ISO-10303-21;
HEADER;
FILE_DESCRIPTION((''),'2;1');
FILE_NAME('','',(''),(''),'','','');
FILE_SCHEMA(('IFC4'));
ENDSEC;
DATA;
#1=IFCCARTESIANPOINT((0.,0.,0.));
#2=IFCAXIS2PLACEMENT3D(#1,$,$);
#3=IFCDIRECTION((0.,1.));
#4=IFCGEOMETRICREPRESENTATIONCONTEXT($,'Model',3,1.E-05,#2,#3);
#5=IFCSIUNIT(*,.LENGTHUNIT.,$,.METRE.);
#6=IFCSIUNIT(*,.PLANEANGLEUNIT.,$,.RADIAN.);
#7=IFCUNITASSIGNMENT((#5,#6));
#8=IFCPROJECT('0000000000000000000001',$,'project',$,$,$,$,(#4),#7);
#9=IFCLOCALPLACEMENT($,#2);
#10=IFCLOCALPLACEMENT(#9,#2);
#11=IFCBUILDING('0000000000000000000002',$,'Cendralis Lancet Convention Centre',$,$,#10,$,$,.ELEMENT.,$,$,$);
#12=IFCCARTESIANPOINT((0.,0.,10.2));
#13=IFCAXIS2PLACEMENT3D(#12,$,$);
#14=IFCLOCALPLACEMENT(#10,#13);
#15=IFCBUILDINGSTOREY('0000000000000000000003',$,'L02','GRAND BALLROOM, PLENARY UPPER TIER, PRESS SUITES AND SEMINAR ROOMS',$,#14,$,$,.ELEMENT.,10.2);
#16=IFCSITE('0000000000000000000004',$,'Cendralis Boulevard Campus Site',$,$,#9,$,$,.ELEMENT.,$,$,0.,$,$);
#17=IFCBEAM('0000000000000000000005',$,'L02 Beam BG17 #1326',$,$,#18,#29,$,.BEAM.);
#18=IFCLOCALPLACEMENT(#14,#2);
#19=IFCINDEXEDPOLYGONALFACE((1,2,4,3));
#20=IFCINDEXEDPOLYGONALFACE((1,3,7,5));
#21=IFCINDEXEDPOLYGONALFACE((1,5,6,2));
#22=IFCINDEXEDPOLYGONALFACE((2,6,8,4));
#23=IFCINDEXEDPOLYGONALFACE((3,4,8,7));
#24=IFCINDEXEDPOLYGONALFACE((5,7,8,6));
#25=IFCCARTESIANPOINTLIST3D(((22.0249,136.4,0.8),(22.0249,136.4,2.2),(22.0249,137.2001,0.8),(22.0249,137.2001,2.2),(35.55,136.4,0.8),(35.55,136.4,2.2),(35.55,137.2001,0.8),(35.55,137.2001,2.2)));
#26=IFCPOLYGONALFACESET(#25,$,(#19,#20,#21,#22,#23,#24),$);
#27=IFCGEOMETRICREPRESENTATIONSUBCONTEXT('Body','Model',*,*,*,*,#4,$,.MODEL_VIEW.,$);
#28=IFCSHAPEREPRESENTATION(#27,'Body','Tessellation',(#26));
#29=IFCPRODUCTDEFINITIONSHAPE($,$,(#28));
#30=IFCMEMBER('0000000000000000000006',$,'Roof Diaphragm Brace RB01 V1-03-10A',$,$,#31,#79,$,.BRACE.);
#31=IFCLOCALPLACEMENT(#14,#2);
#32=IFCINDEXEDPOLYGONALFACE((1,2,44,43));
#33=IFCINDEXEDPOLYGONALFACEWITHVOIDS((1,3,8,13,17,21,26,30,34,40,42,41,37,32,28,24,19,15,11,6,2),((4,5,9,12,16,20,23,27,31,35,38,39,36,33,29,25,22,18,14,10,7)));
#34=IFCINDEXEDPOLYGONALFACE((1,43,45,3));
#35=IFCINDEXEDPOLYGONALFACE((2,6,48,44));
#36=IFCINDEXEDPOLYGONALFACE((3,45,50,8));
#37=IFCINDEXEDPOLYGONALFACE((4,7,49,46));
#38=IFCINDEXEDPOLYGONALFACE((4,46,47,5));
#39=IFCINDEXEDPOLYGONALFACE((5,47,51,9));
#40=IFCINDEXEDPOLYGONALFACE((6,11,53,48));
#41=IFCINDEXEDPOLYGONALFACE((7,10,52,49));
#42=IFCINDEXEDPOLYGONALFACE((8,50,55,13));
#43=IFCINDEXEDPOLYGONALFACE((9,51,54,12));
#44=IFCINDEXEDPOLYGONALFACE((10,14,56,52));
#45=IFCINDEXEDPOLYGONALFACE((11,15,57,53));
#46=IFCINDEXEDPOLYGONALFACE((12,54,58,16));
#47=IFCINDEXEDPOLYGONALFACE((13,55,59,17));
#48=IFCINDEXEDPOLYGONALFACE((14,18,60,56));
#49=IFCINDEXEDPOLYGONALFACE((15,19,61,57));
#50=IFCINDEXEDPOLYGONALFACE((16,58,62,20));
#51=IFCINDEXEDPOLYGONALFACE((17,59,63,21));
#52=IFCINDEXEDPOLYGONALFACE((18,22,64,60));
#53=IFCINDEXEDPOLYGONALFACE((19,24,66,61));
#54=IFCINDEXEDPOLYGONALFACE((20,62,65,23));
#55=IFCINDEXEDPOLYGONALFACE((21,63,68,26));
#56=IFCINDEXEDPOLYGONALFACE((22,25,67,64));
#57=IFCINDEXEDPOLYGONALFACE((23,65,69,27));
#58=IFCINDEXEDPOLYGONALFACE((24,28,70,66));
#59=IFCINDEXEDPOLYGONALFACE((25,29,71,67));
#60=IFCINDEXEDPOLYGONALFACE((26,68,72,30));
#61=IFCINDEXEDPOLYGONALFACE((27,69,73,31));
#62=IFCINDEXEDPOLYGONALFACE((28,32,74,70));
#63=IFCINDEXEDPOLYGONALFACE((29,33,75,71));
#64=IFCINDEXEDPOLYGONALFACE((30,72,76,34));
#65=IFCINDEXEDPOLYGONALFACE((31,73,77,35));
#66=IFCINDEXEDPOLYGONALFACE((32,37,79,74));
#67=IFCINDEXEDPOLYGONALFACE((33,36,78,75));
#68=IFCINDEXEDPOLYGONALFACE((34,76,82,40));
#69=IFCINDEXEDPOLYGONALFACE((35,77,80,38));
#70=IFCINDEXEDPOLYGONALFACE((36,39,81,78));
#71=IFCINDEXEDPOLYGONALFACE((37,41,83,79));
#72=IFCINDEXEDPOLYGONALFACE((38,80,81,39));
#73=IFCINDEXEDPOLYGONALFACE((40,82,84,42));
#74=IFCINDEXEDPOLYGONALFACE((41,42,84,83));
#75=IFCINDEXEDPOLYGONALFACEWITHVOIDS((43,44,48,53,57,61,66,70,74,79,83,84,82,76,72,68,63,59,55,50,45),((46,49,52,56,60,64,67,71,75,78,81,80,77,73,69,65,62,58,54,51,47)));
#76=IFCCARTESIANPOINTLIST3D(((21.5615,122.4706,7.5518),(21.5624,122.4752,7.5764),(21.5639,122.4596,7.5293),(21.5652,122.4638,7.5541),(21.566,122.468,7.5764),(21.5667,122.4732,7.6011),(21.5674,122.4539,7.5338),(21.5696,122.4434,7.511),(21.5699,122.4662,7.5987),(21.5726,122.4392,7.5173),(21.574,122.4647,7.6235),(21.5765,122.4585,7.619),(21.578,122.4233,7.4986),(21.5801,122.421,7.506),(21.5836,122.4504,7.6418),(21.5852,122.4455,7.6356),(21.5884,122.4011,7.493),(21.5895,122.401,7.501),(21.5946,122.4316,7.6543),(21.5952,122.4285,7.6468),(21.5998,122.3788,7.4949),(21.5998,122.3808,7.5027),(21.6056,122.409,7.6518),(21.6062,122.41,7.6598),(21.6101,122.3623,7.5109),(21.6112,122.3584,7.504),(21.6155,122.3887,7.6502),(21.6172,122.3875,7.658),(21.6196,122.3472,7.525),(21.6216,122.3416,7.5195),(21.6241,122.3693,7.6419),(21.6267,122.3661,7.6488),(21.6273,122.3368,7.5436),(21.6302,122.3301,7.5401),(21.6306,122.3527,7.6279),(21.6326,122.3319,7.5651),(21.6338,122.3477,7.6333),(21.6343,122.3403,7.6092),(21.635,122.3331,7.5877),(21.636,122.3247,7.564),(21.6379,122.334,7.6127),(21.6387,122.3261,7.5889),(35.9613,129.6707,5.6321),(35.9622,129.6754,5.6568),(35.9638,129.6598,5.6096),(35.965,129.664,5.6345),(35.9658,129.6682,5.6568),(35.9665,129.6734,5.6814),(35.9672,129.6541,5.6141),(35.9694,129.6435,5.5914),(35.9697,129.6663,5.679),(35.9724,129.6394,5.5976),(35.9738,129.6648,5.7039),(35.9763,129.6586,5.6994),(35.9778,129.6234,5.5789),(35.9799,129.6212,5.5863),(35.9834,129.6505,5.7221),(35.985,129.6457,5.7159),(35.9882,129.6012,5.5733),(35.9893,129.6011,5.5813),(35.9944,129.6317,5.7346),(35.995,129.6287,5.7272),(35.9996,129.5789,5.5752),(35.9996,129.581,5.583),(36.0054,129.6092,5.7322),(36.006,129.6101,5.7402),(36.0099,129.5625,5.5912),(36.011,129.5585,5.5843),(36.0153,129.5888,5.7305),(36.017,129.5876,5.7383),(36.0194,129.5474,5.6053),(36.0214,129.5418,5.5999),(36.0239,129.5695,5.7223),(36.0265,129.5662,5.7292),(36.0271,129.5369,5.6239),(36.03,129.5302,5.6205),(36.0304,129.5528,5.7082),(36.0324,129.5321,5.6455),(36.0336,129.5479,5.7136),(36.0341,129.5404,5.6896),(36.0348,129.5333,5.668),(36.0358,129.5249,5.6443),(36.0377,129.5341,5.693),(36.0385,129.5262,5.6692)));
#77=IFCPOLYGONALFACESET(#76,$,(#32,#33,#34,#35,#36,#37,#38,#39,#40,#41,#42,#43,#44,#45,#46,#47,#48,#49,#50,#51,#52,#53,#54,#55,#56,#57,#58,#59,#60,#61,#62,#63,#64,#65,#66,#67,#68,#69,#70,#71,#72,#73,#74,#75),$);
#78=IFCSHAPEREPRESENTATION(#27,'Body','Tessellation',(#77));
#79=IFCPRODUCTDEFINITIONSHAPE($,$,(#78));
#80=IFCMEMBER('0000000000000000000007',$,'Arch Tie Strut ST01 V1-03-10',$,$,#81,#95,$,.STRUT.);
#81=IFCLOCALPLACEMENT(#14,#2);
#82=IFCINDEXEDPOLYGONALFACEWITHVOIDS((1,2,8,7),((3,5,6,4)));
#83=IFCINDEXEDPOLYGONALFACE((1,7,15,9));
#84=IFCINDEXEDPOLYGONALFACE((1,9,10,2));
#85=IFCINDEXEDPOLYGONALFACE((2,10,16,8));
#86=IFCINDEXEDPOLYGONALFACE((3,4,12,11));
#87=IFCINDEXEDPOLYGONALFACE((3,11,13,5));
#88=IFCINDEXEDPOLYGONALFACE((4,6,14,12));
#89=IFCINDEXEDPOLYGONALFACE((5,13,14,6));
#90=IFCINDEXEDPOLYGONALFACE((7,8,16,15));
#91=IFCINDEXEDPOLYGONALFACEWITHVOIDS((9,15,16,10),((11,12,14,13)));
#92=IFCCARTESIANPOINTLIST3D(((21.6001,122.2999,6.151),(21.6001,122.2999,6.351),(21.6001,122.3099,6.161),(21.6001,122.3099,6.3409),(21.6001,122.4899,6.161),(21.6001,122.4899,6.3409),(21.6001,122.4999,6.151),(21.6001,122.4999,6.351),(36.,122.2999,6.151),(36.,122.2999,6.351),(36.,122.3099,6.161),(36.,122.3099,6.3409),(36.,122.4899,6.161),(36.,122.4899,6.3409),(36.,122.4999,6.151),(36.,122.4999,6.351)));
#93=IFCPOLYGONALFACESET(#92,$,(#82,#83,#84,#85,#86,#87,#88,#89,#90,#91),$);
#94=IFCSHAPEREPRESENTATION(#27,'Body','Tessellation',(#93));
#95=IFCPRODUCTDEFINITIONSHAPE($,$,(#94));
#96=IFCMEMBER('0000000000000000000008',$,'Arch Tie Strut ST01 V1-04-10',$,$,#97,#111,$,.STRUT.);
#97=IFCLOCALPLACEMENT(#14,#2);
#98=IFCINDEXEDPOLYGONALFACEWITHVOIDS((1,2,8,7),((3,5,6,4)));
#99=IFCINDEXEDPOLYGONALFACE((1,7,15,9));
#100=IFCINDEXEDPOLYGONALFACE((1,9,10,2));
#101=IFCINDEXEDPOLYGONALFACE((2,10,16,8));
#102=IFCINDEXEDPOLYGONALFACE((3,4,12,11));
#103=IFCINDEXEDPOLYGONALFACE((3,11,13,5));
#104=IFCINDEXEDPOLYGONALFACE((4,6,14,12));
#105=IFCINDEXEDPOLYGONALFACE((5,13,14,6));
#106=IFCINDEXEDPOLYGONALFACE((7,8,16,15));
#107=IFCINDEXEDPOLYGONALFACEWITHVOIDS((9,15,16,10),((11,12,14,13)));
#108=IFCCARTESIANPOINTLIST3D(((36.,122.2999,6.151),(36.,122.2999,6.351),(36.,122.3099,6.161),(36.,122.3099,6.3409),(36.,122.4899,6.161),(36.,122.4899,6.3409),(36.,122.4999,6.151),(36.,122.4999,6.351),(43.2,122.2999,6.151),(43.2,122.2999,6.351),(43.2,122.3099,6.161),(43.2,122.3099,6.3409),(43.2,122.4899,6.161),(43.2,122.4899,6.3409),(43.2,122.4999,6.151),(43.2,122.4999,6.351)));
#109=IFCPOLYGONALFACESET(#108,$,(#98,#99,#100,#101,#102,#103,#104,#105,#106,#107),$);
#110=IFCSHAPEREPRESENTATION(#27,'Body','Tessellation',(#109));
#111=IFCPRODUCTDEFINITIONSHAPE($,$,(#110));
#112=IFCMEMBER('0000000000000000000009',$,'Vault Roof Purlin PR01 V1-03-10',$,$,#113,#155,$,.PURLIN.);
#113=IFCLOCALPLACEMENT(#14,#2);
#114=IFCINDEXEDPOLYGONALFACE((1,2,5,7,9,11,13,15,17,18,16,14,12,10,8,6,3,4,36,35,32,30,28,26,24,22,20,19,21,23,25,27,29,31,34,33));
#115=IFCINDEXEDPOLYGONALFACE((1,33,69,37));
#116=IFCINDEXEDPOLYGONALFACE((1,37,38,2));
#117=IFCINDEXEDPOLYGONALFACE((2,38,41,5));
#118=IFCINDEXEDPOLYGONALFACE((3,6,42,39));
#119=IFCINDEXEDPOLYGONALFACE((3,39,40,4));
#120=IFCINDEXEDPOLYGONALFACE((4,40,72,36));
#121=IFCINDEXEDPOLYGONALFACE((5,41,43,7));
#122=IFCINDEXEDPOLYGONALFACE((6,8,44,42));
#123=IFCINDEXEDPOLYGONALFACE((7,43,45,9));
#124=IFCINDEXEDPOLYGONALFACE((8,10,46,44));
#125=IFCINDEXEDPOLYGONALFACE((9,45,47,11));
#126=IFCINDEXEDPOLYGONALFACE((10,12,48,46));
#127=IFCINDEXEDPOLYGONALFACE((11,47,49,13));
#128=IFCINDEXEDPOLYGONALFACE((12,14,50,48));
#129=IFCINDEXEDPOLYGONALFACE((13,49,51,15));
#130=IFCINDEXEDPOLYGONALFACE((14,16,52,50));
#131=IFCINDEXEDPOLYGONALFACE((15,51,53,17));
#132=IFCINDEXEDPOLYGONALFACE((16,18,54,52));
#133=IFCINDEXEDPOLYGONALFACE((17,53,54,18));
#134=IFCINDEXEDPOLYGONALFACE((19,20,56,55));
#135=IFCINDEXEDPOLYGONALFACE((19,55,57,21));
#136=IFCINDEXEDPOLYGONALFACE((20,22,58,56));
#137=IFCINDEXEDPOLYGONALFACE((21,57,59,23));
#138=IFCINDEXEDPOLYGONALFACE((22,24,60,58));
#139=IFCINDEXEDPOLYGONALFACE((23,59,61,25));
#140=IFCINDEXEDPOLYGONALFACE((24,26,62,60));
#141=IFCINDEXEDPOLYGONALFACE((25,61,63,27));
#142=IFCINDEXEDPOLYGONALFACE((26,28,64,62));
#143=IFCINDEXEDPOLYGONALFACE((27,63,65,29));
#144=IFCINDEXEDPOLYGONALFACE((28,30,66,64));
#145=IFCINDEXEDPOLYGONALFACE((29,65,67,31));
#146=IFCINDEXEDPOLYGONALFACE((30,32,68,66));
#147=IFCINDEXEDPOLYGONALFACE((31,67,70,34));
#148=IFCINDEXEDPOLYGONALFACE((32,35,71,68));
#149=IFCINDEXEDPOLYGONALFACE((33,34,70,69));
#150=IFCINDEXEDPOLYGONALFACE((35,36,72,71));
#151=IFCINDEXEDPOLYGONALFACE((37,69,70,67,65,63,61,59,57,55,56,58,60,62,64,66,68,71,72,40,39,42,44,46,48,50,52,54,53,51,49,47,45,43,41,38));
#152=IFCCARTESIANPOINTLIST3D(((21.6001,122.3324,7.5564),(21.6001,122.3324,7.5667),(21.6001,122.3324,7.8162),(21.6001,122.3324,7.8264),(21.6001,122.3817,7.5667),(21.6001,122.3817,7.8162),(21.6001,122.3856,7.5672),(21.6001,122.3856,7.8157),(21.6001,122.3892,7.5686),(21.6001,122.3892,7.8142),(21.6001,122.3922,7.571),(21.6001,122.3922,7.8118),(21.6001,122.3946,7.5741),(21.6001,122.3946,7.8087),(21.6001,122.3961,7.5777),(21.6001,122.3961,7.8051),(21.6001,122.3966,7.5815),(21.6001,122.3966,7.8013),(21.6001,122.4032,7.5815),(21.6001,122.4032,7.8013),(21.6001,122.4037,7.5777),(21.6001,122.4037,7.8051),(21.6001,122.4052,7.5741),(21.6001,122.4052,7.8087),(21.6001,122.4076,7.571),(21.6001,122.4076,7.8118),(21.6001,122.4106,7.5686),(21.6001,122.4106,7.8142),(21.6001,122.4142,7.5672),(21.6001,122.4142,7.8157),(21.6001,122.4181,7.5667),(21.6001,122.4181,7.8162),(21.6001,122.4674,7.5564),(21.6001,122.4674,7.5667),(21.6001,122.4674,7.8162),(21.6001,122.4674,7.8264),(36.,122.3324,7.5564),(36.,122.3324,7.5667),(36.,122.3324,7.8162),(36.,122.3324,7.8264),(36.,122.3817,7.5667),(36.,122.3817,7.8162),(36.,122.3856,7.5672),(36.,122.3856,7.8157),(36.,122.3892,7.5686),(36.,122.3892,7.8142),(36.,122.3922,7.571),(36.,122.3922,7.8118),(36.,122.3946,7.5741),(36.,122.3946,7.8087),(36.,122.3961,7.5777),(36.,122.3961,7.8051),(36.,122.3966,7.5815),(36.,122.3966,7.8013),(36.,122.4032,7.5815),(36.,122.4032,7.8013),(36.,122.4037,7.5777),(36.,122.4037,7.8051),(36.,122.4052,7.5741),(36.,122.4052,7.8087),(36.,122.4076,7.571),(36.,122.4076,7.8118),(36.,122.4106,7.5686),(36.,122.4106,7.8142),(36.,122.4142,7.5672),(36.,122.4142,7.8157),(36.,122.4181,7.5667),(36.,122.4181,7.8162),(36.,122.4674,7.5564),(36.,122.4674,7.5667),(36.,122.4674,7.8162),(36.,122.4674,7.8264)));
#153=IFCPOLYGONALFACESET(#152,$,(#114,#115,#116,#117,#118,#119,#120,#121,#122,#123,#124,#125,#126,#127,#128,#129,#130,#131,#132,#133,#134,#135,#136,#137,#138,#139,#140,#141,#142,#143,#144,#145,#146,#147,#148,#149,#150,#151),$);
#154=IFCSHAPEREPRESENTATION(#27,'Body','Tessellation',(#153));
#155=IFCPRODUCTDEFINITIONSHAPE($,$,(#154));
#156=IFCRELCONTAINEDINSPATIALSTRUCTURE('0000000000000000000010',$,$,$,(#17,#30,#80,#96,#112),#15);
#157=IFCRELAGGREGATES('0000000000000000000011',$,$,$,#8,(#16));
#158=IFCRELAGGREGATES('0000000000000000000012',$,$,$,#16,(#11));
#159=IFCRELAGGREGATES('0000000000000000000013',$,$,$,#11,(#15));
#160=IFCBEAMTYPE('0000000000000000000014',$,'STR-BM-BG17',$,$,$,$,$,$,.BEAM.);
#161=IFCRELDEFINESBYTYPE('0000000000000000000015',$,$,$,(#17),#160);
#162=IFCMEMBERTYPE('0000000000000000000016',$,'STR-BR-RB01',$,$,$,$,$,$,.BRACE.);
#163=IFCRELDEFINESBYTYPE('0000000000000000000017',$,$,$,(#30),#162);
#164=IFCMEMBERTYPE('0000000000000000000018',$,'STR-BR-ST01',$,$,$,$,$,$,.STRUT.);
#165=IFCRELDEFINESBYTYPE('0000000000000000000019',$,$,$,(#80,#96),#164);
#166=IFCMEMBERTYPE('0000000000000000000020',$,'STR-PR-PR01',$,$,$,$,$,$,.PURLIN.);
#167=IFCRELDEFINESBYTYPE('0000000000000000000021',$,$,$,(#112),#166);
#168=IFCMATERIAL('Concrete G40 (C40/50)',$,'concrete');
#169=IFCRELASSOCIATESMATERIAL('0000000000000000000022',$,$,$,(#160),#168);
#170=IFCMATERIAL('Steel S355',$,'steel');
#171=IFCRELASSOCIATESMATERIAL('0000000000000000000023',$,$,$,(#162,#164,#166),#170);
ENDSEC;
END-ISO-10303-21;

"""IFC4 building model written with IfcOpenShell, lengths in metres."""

from ifc_helpers import new_model, si_unit, direction, frame, origin, origin_2d, place, context, subcontext, project, spatial, rectangle, hollow_rectangle, hollow_circle, i_section, extrude, material, material_profile, profile_set, type_object, element, save


model = new_model("IFC4")

# Units and contexts
model_context = context("Model", 3, precision=1e-05, world=origin(), true_north=direction((0.0, 1.0)))
body_context = subcontext(model_context, "Body", "Model", "MODEL_VIEW")
ifc_project = project(units=[si_unit("LENGTHUNIT", "METRE"), si_unit("PLANEANGLEUNIT", "RADIAN")], contexts=[model_context])

# Site, building, storey
site_placement = place(None, origin())
site = spatial("IfcSite", under=ifc_project, at=site_placement, Name="Cendralis Boulevard Campus Site", CompositionType="ELEMENT", RefElevation=0.0)
building_placement = place(site_placement, origin())
building = spatial("IfcBuilding", under=site, at=building_placement, Name="Cendralis Lancet Convention Centre", CompositionType="ELEMENT")
storey_placement = place(building_placement, frame((0.0, 0.0, 10.2)))
storey = spatial("IfcBuildingStorey", under=building, at=storey_placement, Name="L02", Description="GRAND BALLROOM, PLENARY UPPER TIER, PRESS SUITES AND SEMINAR ROOMS", CompositionType="ELEMENT", Elevation=10.2)

# Beam
ifc_material_1 = material(Name="Concrete G40 (C40/50)", Category="concrete")
ifc_material_profile_1 = material_profile(ifc_material_1, rectangle(XDim=0.8, YDim=1.3999, at=origin_2d()), Name="RCB 800x1400")
ifc_profile_set_1 = profile_set([ifc_material_profile_1], Name="Concrete G40 (C40/50)")
beam_type = type_object("IfcBeamType", Name="STR-BM-BG17", PredefinedType="BEAM", material=ifc_profile_set_1)
beam_placement = place(storey_placement, frame((22.0249, 136.8, 1.5), z_axis=(1.0, 0.0, 0.0), x_axis=(0.0, 1.0, 0.0)))
element("IfcBeam", 1, at=beam_placement, inside=storey, type_object=beam_type, Name="L02 Beam BG17 #1326", PredefinedType="BEAM", context=body_context, shape_type="SweptSolid", body=[
    extrude(rectangle(XDim=0.8, YDim=1.3999, at=origin_2d()), origin(), (0.0, 0.0, 1.0), 13.5251),
])

# Members
ifc_material_2 = material(Name="Steel S355", Category="steel")
ifc_material_profile_2 = material_profile(ifc_material_2, hollow_circle(Radius=0.0842, WallThickness=0.0081, at=origin_2d()), Name="CHS 168.3x8.0")
ifc_profile_set_2 = profile_set([ifc_material_profile_2], Name="Steel S355")
member_type_1 = type_object("IfcMemberType", Name="STR-BR-RB01", PredefinedType="BRACE", material=ifc_profile_set_2)
member_1_placement = place(storey_placement, frame((21.6001, 122.3999, 7.5764), z_axis=(0.88813, 0.44408, -0.118398), x_axis=(-0.447226, 0.894421, 0.0)))
element("IfcMember", 2, at=member_1_placement, inside=storey, type_object=member_type_1, Name="Roof Diaphragm Brace RB01 V1-03-10A", PredefinedType="BRACE", context=body_context, shape_type="SweptSolid", body=[
    extrude(hollow_circle(Radius=0.0842, WallThickness=0.0081, at=origin_2d()), origin(), (0.0, 0.0, 1.0), 16.2136),
])
ifc_material_profile_3 = material_profile(ifc_material_2, hollow_rectangle(XDim=0.2, YDim=0.2, WallThickness=0.01, at=origin_2d()), Name="SHS 200x200x10.0")
ifc_profile_set_3 = profile_set([ifc_material_profile_3], Name="Steel S355")
member_type_2 = type_object("IfcMemberType", Name="STR-BR-ST01", PredefinedType="STRUT", material=ifc_profile_set_3)
member_2_placement = place(storey_placement, frame((21.6001, 122.3999, 6.251), z_axis=(1.0, 0.0, 0.0), x_axis=(0.0, 1.0, 0.0)))
element("IfcMember", 3, at=member_2_placement, inside=storey, type_object=member_type_2, Name="Arch Tie Strut ST01 V1-03-10", PredefinedType="STRUT", context=body_context, shape_type="SweptSolid", body=[
    extrude(hollow_rectangle(XDim=0.2, YDim=0.2, WallThickness=0.01, at=origin_2d()), origin(), (0.0, 0.0, 1.0), 14.3999),
])
member_3_placement = place(storey_placement, frame((36.0, 122.3999, 6.251), z_axis=(1.0, 0.0, 0.0), x_axis=(0.0, 1.0, 0.0)))
element("IfcMember", 4, at=member_3_placement, inside=storey, type_object=member_type_2, Name="Arch Tie Strut ST01 V1-04-10", PredefinedType="STRUT", context=body_context, shape_type="SweptSolid", body=[
    extrude(hollow_rectangle(XDim=0.2, YDim=0.2, WallThickness=0.01, at=origin_2d()), origin(), (0.0, 0.0, 1.0), 7.2),
])
ifc_material_profile_4 = material_profile(ifc_material_2, i_section(OverallWidth=0.135, OverallDepth=0.27, WebThickness=0.0066, FlangeThickness=0.0103, FilletRadius=0.0149, at=origin_2d()), Name="IPE 270")
ifc_profile_set_4 = profile_set([ifc_material_profile_4], Name="Steel S355")
member_type_3 = type_object("IfcMemberType", Name="STR-PR-PR01", PredefinedType="PURLIN", material=ifc_profile_set_4)
for number, where, z_axis, x_axis, name in (
    (5, (21.6001, 122.3999, 7.6914), (1.0, 0.0, 0.0), (0.0, 1.0, 0.0), "Vault Roof Purlin PR01 V1-03-10"),
):
    element("IfcMember", number, at=place(storey_placement, frame(where, z_axis=z_axis, x_axis=x_axis)), inside=storey, type_object=member_type_3, Name=name, PredefinedType="PURLIN", context=body_context, shape_type="SweptSolid", body=[
        extrude(i_section(OverallWidth=0.135, OverallDepth=0.27, WebThickness=0.0066, FlangeThickness=0.0103, FilletRadius=0.0149, at=origin_2d()), origin(), (0.0, 0.0, 1.0), 14.3999),
    ])

save(model, "model.ifc")
